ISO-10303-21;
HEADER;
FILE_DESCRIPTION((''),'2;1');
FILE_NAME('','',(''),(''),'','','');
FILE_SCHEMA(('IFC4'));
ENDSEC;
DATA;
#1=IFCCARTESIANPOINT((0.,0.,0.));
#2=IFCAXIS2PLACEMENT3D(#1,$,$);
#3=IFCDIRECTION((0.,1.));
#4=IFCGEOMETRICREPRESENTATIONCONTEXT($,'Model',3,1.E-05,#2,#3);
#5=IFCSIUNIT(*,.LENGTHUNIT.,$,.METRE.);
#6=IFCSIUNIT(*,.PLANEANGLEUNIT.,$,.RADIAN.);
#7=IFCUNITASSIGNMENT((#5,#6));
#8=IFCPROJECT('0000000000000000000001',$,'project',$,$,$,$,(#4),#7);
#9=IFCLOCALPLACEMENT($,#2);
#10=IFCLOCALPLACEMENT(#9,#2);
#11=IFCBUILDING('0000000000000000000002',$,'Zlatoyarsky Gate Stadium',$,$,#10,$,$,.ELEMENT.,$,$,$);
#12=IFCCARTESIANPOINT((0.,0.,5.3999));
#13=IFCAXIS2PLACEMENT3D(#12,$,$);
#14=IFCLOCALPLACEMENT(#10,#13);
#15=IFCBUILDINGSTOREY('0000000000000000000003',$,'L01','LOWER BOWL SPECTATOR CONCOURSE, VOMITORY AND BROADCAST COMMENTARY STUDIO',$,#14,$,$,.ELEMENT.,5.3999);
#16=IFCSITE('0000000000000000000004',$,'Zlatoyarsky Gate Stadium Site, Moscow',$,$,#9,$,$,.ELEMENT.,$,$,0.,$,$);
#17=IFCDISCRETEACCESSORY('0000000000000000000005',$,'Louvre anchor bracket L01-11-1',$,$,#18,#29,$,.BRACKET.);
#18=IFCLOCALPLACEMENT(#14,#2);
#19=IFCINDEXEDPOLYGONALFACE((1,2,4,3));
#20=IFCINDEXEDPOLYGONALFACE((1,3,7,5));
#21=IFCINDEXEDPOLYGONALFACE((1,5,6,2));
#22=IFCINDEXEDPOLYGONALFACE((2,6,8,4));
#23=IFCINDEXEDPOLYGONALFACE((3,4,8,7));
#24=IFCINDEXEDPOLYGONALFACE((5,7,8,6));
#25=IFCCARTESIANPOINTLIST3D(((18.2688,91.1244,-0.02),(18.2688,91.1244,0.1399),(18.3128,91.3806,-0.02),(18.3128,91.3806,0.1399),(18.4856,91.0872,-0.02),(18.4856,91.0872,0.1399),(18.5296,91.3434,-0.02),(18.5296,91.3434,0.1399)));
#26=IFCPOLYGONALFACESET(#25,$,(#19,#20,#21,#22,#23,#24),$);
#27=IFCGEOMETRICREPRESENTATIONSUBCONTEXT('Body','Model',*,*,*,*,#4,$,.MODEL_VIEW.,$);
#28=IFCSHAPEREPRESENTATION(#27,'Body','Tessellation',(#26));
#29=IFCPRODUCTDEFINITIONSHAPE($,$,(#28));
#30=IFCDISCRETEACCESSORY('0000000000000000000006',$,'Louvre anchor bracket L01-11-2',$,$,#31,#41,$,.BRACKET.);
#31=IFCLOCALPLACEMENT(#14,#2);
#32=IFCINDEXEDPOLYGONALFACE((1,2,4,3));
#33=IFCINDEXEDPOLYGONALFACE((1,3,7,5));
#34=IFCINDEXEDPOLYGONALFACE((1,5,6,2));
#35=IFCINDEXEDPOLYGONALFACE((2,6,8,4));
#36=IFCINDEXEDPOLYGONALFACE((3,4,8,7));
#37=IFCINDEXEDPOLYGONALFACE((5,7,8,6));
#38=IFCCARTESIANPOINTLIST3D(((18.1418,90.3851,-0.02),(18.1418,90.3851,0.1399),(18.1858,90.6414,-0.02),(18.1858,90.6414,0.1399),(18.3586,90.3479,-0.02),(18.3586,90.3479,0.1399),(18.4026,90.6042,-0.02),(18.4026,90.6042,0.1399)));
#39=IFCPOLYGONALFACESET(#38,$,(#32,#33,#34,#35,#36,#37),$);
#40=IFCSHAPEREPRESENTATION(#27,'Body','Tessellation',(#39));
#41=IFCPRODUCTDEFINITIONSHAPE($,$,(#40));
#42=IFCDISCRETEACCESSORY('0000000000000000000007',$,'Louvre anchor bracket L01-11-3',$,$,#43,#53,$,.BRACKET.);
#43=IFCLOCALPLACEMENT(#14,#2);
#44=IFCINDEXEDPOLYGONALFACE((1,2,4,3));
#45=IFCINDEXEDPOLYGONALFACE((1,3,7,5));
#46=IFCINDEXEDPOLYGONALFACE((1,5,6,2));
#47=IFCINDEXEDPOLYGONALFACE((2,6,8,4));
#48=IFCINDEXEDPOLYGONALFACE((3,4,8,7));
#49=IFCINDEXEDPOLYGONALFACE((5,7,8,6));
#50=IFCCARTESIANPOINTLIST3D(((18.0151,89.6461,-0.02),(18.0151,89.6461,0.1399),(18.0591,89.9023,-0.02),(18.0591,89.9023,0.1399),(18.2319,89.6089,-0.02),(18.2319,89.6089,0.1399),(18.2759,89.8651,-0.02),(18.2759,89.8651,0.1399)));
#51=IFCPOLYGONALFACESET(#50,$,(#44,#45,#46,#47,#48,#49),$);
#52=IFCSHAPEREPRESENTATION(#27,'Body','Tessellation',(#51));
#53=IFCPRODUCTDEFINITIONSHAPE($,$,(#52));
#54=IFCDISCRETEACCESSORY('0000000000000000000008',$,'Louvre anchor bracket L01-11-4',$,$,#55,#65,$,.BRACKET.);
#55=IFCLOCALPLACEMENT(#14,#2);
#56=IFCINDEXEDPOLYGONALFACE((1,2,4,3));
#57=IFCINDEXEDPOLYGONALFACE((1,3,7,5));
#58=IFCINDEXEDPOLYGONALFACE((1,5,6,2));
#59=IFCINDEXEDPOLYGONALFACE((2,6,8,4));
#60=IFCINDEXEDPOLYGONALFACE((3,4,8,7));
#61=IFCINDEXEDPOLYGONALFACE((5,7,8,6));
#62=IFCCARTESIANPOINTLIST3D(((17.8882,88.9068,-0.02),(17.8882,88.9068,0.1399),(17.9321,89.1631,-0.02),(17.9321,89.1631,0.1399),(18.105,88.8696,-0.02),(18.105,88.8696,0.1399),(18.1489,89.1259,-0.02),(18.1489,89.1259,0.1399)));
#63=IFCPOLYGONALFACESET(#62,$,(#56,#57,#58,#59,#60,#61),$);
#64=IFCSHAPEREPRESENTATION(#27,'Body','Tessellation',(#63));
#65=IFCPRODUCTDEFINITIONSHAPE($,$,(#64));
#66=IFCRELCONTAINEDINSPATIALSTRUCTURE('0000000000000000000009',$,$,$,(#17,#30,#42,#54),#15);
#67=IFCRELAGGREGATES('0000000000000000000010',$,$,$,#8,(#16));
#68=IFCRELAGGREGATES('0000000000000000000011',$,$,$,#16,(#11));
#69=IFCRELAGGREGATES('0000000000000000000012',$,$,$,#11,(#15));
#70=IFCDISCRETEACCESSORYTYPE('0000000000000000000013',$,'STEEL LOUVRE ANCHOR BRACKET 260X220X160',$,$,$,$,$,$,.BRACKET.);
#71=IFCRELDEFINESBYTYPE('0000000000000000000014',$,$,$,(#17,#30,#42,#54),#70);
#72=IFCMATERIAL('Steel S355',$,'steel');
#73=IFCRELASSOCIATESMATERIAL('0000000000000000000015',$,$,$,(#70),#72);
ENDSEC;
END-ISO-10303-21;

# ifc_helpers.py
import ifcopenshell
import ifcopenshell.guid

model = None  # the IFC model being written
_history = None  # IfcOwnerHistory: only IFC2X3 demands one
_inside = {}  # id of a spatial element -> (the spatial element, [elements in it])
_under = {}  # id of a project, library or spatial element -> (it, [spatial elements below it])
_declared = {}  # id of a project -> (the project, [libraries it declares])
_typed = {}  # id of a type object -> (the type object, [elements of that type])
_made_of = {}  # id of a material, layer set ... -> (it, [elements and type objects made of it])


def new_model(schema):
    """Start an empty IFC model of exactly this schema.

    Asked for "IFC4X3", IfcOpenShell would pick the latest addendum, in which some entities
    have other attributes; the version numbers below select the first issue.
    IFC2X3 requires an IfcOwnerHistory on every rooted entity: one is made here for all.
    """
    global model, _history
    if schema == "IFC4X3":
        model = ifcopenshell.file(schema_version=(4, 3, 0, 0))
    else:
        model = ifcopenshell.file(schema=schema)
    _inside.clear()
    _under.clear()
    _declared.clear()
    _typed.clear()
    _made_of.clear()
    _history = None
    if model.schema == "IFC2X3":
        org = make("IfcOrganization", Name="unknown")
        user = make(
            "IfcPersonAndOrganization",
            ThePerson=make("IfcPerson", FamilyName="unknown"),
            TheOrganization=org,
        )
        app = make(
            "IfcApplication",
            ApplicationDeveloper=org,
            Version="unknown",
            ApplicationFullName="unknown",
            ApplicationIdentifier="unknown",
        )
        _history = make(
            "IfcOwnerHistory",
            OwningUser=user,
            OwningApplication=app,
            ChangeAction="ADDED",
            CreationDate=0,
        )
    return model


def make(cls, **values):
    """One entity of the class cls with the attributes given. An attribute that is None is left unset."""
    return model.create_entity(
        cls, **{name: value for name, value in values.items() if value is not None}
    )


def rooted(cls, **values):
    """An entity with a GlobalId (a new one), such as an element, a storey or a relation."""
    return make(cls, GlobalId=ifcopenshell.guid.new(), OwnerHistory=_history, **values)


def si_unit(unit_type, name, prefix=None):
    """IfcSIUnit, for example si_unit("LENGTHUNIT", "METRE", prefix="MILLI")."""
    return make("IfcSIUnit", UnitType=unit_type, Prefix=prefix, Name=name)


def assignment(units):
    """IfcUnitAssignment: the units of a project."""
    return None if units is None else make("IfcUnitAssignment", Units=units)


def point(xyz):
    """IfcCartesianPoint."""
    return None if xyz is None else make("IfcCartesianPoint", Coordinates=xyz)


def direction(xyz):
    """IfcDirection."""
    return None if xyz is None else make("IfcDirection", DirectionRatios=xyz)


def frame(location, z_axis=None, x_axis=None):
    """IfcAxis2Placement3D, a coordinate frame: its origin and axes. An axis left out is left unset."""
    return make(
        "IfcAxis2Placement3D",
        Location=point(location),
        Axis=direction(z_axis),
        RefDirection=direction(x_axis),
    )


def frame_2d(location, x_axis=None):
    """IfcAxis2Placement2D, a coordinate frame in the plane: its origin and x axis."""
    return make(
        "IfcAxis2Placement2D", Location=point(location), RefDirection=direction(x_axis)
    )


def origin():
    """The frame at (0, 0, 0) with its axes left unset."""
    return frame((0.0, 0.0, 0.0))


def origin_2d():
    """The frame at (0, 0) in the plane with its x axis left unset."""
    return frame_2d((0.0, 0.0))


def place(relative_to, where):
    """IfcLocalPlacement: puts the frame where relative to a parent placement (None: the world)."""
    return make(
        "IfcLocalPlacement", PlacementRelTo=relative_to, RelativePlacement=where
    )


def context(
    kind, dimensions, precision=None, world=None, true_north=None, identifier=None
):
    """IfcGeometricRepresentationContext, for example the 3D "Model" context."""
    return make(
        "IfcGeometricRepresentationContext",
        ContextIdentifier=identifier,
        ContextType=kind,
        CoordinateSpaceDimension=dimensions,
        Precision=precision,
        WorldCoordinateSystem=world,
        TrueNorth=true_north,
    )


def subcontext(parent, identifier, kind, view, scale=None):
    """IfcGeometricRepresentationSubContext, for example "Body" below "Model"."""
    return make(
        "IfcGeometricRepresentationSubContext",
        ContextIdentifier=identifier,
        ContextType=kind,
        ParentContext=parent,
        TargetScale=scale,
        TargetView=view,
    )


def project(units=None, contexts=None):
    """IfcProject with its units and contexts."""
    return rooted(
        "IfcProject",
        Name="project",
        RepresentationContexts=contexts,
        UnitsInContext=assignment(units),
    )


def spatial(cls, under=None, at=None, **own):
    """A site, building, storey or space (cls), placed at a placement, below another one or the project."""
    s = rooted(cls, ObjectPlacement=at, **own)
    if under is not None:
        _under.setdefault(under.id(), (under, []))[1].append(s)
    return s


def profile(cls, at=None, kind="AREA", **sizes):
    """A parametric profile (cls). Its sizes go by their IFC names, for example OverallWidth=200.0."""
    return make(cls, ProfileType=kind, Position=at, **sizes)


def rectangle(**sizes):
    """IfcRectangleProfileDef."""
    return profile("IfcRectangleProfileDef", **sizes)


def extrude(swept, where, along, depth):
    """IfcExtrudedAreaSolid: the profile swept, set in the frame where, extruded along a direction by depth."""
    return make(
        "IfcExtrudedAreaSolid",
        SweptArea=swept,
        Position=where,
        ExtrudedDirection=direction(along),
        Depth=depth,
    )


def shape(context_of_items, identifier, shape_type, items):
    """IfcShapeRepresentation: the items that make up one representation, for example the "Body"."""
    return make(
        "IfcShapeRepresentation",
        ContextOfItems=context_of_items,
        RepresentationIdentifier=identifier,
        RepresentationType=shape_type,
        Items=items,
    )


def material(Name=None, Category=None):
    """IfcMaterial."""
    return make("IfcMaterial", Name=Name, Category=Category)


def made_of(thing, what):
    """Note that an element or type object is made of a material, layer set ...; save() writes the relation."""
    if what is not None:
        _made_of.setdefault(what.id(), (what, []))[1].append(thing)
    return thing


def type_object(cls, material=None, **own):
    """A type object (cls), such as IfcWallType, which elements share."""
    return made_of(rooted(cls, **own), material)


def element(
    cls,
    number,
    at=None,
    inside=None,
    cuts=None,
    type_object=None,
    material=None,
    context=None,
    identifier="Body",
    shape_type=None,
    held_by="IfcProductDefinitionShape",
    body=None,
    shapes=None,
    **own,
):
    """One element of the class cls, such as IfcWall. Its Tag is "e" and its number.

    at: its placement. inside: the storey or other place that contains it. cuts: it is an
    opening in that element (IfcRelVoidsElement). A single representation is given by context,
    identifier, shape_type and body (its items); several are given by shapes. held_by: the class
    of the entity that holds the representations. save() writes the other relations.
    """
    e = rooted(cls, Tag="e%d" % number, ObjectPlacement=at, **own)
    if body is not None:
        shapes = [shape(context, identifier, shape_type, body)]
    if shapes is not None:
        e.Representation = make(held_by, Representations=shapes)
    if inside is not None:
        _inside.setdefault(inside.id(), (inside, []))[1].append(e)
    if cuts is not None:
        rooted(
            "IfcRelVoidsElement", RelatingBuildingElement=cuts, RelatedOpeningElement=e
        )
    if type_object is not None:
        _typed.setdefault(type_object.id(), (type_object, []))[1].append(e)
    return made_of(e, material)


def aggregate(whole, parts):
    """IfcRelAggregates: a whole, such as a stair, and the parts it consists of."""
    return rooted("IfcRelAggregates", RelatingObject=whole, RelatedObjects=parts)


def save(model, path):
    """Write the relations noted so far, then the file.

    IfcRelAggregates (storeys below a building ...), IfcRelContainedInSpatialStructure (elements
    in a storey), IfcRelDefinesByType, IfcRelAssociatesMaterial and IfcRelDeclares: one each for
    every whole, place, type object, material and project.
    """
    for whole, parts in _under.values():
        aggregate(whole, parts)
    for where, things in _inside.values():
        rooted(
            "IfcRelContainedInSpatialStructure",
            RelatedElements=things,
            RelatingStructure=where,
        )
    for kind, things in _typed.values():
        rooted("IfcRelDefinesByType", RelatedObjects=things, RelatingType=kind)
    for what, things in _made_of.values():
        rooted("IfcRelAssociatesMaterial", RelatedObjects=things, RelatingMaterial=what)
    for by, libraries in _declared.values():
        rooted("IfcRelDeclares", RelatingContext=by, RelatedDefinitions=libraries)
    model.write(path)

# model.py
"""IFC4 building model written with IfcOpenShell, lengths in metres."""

from ifc_helpers import new_model, si_unit, direction, frame, origin, origin_2d, place, context, subcontext, project, spatial, rectangle, extrude, material, type_object, element, save


model = new_model("IFC4")

# Units and contexts
model_context = context("Model", 3, precision=1e-05, world=origin(), true_north=direction((0.0, 1.0)))
body_context = subcontext(model_context, "Body", "Model", "MODEL_VIEW")
ifc_project = project(units=[si_unit("LENGTHUNIT", "METRE"), si_unit("PLANEANGLEUNIT", "RADIAN")], contexts=[model_context])

# Site, building, storey
site_placement = place(None, origin())
site = spatial("IfcSite", under=ifc_project, at=site_placement, Name="Zlatoyarsky Gate Stadium Site, Moscow", CompositionType="ELEMENT", RefElevation=0.0)
building_placement = place(site_placement, origin())
building = spatial("IfcBuilding", under=site, at=building_placement, Name="Zlatoyarsky Gate Stadium", CompositionType="ELEMENT")
storey_placement = place(building_placement, frame((0.0, 0.0, 5.3999)))
storey = spatial("IfcBuildingStorey", under=building, at=storey_placement, Name="L01", Description="LOWER BOWL SPECTATOR CONCOURSE, VOMITORY AND BROADCAST COMMENTARY STUDIO", CompositionType="ELEMENT", Elevation=5.3999)

# Shared definitions
ifc_material_1 = material(Name="Steel S355", Category="steel")

# Discrete accessories
discrete_accessory_type = type_object("IfcDiscreteAccessoryType", Name="STEEL LOUVRE ANCHOR BRACKET 260X220X160", PredefinedType="BRACKET", material=ifc_material_1)
for number, where, z_axis, x_axis, name in (
    (1, (18.3992, 91.2339, -0.02), (0.0, 0.0, 1.0), (-0.169116, -0.985596, 0.0), "Louvre anchor bracket L01-11-1"),
    (2, (18.2722, 90.4946, -0.02), (0.0, 0.0, 1.0), (-0.169116, -0.985596, 0.0), "Louvre anchor bracket L01-11-2"),
    (3, (18.1455, 89.7556, -0.02), (0.0, 0.0, 1.0), (-0.169116, -0.985596, 0.0), "Louvre anchor bracket L01-11-3"),
    (4, (18.0186, 89.0164, -0.02), (0.0, 0.0, 1.0), (-0.169116, -0.985596, 0.0), "Louvre anchor bracket L01-11-4"),
):
    element("IfcDiscreteAccessory", number, at=place(storey_placement, frame(where, z_axis=z_axis, x_axis=x_axis)), inside=storey, type_object=discrete_accessory_type, Name=name, PredefinedType="BRACKET", context=body_context, shape_type="SweptSolid", body=[
        extrude(rectangle(XDim=0.26, YDim=0.22, at=origin_2d()), origin(), (0.0, 0.0, 1.0), 0.1599),
    ])

save(model, "model.ifc")
